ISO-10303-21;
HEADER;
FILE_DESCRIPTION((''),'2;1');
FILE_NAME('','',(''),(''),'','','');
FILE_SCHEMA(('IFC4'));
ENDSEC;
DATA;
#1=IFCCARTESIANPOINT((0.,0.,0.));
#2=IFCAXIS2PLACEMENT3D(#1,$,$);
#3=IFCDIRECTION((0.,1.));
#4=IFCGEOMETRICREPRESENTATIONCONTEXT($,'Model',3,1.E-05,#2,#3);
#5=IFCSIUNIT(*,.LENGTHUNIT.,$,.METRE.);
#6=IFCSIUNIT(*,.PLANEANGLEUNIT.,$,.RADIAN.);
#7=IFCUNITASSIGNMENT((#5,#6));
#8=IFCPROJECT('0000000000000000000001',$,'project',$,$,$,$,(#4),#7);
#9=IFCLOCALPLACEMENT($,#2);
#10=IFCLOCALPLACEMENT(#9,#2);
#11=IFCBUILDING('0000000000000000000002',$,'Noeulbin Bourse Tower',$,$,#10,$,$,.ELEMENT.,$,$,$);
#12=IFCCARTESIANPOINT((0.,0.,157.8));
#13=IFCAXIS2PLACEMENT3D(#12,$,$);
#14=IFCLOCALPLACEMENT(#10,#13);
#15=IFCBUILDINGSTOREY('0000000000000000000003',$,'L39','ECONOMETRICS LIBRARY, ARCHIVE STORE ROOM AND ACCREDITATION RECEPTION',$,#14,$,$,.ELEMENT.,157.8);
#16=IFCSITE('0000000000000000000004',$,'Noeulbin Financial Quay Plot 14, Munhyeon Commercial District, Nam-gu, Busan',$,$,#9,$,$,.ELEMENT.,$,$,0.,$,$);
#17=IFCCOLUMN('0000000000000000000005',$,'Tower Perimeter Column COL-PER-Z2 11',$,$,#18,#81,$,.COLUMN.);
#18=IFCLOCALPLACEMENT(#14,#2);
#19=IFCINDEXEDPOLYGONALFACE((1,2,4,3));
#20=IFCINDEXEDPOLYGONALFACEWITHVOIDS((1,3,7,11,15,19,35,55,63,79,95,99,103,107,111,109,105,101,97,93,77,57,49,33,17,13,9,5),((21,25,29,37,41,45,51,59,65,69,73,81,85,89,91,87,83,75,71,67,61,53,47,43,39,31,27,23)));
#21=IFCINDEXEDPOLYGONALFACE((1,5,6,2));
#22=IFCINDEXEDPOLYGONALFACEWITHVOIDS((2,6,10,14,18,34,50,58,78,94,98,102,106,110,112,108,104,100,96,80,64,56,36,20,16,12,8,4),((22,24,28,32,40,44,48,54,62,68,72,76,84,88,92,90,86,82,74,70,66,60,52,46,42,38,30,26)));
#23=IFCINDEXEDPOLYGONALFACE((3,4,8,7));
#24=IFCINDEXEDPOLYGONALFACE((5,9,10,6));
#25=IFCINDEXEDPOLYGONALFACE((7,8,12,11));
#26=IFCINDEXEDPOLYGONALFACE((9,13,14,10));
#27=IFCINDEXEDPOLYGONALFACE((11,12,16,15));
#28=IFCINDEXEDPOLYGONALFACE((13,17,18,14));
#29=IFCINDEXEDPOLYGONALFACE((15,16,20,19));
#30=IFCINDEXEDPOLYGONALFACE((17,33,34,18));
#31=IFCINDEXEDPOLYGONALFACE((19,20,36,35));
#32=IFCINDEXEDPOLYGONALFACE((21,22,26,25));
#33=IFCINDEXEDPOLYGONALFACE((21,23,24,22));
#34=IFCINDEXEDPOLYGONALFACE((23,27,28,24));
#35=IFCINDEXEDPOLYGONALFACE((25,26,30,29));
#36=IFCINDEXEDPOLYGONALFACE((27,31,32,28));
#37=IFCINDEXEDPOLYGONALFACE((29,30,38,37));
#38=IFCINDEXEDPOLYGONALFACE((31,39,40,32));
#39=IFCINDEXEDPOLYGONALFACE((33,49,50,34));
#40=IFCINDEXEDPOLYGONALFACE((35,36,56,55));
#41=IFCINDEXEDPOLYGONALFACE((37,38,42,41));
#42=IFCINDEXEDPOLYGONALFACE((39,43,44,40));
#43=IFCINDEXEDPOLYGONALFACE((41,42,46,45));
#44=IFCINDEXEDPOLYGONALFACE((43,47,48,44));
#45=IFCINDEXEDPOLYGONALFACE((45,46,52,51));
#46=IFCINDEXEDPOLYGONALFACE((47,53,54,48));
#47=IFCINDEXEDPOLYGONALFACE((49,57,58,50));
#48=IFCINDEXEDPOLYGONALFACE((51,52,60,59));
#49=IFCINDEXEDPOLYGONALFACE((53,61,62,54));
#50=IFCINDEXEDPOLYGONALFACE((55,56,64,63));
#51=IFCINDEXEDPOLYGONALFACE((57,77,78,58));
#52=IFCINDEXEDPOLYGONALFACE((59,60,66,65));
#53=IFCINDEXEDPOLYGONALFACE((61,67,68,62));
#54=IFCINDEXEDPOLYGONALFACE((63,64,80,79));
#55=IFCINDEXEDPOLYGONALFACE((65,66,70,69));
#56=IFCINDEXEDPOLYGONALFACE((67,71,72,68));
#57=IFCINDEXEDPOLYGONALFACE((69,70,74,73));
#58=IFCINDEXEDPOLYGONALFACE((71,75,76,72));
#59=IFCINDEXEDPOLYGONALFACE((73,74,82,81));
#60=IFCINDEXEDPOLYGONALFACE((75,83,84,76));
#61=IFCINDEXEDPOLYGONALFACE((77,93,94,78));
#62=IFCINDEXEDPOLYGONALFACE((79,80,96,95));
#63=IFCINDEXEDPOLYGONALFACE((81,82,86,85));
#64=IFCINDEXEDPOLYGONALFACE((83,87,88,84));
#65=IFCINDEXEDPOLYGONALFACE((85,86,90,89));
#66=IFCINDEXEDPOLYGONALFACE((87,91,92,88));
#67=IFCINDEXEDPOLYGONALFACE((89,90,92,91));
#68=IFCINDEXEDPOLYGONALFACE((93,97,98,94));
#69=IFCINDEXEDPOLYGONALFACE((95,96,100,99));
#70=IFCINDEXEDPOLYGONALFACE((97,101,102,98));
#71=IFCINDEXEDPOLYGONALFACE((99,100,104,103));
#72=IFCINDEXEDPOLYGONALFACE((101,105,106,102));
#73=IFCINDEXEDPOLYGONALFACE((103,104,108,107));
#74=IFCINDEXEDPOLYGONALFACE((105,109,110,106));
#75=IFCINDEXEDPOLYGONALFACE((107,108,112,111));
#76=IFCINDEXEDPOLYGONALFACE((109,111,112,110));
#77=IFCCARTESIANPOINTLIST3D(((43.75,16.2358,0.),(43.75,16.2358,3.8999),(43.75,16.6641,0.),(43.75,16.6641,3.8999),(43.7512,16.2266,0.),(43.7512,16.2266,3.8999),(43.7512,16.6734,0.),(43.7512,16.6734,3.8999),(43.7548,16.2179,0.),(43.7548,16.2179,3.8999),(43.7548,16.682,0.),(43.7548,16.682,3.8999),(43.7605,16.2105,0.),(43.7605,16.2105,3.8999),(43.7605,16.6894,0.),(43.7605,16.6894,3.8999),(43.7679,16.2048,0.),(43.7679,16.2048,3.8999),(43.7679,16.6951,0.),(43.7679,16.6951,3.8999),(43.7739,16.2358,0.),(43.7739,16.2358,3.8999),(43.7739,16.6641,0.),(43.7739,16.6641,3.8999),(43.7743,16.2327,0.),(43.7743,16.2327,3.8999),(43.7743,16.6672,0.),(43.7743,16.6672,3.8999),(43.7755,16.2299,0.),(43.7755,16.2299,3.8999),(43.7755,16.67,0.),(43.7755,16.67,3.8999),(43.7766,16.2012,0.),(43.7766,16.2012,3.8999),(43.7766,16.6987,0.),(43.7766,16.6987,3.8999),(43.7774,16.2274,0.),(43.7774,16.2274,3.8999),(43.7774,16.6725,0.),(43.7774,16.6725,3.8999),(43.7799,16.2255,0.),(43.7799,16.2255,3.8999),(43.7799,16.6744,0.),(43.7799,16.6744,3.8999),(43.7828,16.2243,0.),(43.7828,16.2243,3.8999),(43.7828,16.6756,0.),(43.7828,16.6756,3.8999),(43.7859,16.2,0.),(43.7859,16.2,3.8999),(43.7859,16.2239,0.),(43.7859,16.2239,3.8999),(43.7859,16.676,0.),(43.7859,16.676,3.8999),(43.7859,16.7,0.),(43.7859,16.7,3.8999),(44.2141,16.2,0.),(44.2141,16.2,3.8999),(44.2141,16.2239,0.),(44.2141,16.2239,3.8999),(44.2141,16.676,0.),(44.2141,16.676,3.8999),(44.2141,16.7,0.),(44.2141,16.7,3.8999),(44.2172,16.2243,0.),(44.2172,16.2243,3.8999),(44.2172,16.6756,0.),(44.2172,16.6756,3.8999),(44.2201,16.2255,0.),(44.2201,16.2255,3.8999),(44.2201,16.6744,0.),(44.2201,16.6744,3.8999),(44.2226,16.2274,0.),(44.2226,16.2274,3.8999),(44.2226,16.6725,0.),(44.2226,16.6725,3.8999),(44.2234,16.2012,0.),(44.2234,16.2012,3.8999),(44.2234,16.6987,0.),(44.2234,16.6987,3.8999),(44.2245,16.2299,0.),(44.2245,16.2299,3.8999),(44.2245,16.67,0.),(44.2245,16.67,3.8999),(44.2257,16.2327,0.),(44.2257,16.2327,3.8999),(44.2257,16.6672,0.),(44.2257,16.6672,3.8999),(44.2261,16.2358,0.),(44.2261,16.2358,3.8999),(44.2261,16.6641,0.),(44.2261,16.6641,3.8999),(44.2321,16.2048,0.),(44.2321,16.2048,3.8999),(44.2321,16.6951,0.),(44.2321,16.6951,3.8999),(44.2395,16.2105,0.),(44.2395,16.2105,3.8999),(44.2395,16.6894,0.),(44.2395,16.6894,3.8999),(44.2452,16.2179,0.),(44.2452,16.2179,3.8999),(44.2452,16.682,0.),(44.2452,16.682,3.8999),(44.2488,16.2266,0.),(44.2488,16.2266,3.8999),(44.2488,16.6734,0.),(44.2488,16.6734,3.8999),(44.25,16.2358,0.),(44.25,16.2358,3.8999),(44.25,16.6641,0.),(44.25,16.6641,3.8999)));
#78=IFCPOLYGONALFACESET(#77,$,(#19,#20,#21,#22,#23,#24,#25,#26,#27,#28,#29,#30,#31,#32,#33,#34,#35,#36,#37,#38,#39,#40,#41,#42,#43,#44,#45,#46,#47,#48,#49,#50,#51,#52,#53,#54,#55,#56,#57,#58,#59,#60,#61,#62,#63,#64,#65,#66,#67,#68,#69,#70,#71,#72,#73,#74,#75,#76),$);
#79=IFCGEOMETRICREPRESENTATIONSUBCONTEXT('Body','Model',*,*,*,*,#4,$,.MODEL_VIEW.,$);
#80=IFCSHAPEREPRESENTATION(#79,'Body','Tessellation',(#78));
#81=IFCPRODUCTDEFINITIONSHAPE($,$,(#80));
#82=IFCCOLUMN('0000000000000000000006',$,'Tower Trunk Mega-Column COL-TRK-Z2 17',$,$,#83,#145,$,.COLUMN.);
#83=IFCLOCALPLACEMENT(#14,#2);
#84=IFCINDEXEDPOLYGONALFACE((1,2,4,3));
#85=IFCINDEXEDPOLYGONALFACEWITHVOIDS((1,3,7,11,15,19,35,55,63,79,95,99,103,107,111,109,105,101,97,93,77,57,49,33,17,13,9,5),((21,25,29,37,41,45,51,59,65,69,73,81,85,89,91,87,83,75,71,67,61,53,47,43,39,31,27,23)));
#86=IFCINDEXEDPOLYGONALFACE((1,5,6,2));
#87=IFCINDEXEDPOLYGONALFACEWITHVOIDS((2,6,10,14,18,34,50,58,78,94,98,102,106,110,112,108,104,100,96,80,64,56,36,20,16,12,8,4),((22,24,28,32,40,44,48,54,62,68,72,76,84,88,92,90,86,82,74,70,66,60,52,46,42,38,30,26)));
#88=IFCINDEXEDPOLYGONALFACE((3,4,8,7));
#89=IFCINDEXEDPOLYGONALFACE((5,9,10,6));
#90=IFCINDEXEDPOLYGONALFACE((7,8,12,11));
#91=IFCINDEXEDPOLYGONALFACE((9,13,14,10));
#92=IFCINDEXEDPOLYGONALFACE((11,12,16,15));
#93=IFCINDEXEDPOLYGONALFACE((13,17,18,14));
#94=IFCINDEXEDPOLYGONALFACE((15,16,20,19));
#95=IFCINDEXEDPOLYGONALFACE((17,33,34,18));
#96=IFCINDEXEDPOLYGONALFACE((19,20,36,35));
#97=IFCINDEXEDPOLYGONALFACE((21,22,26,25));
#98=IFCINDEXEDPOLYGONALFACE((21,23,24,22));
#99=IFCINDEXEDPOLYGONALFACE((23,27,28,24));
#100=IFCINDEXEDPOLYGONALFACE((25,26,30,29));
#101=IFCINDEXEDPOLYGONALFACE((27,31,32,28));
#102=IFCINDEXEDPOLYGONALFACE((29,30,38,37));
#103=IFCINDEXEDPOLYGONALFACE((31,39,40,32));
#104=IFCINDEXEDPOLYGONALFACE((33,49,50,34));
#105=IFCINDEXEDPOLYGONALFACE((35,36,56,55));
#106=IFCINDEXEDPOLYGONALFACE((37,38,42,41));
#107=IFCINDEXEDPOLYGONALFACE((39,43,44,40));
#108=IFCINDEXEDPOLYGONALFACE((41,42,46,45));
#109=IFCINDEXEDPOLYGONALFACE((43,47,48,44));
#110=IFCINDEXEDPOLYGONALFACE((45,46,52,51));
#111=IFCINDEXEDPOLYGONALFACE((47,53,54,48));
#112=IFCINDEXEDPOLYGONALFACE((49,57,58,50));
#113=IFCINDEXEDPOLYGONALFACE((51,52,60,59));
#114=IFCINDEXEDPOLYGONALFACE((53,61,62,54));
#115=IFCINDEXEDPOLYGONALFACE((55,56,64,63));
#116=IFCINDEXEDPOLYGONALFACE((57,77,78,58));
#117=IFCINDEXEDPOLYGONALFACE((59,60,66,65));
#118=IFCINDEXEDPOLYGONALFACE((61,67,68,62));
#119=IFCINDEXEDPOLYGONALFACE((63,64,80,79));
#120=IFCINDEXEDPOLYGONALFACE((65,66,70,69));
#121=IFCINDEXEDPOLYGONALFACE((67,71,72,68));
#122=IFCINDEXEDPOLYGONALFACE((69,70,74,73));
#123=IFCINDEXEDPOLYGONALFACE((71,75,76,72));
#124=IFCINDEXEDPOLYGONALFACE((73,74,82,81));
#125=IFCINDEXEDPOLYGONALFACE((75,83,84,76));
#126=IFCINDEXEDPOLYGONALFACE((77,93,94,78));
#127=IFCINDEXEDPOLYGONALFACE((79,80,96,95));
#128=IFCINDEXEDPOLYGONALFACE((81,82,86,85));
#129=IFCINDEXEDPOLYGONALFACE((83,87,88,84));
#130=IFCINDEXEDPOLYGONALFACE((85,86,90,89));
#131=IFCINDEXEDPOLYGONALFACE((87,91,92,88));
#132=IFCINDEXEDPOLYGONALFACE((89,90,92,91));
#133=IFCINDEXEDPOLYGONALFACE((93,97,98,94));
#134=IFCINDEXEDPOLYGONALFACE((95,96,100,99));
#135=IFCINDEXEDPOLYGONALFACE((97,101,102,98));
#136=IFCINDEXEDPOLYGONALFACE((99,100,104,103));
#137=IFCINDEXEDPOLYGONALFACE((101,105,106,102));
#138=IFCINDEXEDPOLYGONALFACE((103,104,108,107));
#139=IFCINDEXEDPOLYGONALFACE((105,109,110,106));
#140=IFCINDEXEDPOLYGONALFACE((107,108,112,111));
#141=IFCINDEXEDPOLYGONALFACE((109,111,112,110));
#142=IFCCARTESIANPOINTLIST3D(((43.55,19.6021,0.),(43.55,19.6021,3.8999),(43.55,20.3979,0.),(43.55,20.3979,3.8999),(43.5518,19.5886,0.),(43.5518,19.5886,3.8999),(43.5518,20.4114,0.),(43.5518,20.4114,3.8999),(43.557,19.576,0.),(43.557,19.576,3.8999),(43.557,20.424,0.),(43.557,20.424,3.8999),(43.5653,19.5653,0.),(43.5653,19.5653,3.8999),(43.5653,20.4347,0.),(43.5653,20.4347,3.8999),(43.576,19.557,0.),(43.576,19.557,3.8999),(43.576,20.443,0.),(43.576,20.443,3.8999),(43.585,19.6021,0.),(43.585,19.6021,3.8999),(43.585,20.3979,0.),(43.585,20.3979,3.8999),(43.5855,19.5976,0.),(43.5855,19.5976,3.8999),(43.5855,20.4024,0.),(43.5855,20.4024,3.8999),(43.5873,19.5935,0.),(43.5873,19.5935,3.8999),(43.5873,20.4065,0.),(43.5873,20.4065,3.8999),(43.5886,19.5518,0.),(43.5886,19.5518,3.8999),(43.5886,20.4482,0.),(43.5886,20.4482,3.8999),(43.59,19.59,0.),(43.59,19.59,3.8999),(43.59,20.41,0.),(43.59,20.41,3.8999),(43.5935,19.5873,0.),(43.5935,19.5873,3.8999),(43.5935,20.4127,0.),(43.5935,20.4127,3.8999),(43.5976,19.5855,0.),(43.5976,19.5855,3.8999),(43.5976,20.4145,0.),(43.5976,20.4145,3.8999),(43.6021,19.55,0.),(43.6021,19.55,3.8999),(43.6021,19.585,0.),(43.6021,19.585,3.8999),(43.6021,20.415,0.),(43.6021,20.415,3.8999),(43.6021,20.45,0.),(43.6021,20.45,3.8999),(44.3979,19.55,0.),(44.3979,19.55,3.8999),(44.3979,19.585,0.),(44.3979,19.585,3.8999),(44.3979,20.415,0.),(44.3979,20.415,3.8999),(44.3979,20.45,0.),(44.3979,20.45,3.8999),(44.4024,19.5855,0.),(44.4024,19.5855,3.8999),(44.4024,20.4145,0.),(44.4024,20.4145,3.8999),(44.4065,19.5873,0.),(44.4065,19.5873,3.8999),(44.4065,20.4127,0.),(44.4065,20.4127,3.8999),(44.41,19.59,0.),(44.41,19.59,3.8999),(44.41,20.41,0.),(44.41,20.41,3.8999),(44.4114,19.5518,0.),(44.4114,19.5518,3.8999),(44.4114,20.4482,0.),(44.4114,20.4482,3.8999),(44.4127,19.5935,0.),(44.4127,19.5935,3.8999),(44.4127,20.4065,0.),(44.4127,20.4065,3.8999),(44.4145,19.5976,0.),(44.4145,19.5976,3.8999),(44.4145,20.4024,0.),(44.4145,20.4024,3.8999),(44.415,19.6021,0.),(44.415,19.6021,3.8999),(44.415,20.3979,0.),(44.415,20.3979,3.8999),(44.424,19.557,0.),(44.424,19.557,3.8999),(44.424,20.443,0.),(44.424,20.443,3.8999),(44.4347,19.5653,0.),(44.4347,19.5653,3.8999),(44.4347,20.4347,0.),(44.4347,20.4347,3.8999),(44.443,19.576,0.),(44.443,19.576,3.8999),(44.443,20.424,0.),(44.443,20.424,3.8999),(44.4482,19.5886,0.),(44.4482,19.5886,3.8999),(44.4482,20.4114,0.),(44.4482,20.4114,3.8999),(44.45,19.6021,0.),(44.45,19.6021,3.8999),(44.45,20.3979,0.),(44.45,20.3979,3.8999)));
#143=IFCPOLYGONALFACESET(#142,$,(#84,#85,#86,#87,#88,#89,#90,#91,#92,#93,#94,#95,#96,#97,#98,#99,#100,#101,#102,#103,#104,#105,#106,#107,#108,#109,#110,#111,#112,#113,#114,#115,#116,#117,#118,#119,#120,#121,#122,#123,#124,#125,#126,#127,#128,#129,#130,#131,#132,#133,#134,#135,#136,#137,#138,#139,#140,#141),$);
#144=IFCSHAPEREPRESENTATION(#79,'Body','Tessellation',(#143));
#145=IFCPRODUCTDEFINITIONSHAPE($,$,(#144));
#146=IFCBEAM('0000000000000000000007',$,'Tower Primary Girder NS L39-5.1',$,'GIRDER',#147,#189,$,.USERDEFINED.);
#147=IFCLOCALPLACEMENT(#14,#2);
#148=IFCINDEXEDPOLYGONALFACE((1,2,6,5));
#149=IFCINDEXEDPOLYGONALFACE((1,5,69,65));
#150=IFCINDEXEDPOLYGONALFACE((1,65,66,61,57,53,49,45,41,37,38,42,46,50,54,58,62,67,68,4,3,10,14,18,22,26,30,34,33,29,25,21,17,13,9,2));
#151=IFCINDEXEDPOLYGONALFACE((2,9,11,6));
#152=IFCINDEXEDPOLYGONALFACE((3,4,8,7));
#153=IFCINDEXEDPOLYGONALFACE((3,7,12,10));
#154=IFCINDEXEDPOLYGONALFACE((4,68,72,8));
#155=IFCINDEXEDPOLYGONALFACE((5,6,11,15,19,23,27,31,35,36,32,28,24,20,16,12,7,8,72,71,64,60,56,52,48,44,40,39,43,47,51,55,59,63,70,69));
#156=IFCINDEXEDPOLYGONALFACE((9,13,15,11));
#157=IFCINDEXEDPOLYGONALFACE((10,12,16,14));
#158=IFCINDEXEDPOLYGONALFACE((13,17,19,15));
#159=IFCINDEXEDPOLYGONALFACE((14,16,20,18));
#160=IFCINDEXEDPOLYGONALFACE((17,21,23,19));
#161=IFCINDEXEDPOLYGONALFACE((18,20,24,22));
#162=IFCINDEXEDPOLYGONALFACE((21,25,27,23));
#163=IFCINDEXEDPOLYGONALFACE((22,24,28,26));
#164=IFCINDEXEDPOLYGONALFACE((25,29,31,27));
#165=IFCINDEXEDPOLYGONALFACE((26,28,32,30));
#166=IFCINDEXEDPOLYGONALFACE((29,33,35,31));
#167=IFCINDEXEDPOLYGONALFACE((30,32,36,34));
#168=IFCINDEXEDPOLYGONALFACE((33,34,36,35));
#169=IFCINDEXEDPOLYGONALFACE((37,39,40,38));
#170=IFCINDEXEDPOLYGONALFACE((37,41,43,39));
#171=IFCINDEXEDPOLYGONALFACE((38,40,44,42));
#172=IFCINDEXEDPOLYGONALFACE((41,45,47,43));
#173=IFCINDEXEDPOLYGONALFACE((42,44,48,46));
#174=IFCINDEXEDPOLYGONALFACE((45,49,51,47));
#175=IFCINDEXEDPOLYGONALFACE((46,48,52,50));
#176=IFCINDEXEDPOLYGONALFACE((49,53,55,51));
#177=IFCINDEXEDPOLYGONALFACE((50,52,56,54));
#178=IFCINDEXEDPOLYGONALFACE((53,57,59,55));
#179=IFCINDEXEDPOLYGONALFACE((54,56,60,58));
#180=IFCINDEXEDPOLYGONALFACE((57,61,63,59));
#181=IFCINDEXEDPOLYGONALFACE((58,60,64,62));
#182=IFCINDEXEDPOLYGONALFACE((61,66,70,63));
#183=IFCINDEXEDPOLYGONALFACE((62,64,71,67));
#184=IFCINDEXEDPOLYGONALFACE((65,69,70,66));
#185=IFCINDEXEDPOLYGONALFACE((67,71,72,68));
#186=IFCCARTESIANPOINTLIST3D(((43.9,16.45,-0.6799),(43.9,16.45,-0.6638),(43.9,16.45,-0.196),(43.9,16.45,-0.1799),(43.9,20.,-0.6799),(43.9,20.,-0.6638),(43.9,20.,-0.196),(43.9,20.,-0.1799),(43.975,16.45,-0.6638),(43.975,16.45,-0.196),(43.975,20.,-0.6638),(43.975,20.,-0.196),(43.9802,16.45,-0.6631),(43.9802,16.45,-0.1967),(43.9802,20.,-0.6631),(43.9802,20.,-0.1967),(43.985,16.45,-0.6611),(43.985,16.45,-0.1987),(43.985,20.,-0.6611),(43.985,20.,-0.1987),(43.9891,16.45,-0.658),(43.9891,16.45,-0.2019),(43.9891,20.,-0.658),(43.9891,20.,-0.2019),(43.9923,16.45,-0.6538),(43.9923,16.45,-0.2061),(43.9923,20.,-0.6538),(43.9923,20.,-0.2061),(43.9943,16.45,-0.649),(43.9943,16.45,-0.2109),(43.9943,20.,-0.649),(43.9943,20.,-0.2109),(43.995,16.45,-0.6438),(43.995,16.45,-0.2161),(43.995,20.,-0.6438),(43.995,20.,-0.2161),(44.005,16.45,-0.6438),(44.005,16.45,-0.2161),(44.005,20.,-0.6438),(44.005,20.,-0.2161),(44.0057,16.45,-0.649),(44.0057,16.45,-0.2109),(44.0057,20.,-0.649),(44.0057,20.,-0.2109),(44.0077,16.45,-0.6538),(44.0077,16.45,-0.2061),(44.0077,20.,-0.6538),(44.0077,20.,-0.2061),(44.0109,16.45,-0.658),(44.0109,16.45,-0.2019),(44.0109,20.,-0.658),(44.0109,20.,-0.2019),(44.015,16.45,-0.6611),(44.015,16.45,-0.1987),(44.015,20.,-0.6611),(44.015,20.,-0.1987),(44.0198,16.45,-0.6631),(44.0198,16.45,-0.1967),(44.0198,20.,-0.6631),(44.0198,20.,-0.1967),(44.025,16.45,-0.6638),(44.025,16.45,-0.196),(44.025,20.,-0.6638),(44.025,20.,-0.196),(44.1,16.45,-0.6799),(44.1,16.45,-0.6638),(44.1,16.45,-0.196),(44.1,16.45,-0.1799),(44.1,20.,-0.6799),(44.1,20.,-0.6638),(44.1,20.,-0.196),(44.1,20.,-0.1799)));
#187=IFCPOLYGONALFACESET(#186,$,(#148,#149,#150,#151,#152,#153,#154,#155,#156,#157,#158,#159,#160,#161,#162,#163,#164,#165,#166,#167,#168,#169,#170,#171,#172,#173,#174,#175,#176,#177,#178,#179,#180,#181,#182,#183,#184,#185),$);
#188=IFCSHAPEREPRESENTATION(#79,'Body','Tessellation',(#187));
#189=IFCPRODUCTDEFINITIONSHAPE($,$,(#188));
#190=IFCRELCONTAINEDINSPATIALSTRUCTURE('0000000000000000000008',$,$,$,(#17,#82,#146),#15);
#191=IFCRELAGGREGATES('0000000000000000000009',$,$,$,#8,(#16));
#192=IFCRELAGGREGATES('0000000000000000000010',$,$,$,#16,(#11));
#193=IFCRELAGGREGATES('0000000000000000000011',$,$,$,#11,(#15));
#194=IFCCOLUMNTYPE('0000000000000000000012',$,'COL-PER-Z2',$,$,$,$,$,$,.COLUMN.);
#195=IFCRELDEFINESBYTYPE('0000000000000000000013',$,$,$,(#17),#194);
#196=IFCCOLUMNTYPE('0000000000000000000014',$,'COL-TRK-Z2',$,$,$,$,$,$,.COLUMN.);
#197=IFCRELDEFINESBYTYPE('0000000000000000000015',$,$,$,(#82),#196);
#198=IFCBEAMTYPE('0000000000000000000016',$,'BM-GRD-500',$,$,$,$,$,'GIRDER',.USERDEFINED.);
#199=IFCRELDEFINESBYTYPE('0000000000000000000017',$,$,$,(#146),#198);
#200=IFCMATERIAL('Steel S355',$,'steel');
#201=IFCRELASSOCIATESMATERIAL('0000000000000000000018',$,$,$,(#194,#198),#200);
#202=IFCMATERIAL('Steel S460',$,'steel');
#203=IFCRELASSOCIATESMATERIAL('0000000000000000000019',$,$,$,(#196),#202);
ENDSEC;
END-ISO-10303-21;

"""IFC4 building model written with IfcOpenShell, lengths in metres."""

from ifc_helpers import new_model, si_unit, direction, frame, origin, origin_2d, place, context, subcontext, project, spatial, hollow_rectangle, i_section, extrude, material, material_profile, profile_set, type_object, element, save


model = new_model("IFC4")

# Units and contexts
model_context = context("Model", 3, precision=1e-05, world=origin(), true_north=direction((0.0, 1.0)))
body_context = subcontext(model_context, "Body", "Model", "MODEL_VIEW")
ifc_project = project(units=[si_unit("LENGTHUNIT", "METRE"), si_unit("PLANEANGLEUNIT", "RADIAN")], contexts=[model_context])

# Site, building, storey
site_placement = place(None, origin())
site = spatial("IfcSite", under=ifc_project, at=site_placement, Name="Noeulbin Financial Quay Plot 14, Munhyeon Commercial District, Nam-gu, Busan", CompositionType="ELEMENT", RefElevation=0.0)
building_placement = place(site_placement, origin())
building = spatial("IfcBuilding", under=site, at=building_placement, Name="Noeulbin Bourse Tower", CompositionType="ELEMENT")
storey_placement = place(building_placement, frame((0.0, 0.0, 157.8)))
storey = spatial("IfcBuildingStorey", under=building, at=storey_placement, Name="L39", Description="ECONOMETRICS LIBRARY, ARCHIVE STORE ROOM AND ACCREDITATION RECEPTION", CompositionType="ELEMENT", Elevation=157.8)

# Columns
ifc_material_1 = material(Name="Steel S355", Category="steel")
ifc_material_profile_1 = material_profile(ifc_material_1, hollow_rectangle(XDim=0.5, YDim=0.5, WallThickness=0.0239, InnerFilletRadius=0.012, OuterFilletRadius=0.0359, at=origin_2d()), Name="BOX-500x500x24", Category="LoadBearing")
ifc_profile_set_1 = profile_set([ifc_material_profile_1], Name="Steel S355")
column_type_1 = type_object("IfcColumnType", Name="COL-PER-Z2", PredefinedType="COLUMN", material=ifc_profile_set_1)
column_1_placement = place(storey_placement, frame((44.0, 16.45, 0.0), z_axis=(0.0, 0.0, 1.0), x_axis=(1.0, 0.0, 0.0)))
element("IfcColumn", 1, at=column_1_placement, inside=storey, type_object=column_type_1, Name="Tower Perimeter Column COL-PER-Z2 11", PredefinedType="COLUMN", context=body_context, shape_type="SweptSolid", body=[
    extrude(hollow_rectangle(XDim=0.5, YDim=0.5, WallThickness=0.0239, InnerFilletRadius=0.012, OuterFilletRadius=0.0359, at=origin_2d()), origin(), (0.0, 0.0, 1.0), 3.8999),
])
ifc_material_2 = material(Name="Steel S460", Category="steel")
ifc_material_profile_2 = material_profile(ifc_material_2, hollow_rectangle(XDim=0.8999, YDim=0.8999, WallThickness=0.0349, InnerFilletRadius=0.0171, OuterFilletRadius=0.052, at=origin_2d()), Name="BOX-900x900x35", Category="LoadBearing")
ifc_profile_set_2 = profile_set([ifc_material_profile_2], Name="Steel S460")
column_type_2 = type_object("IfcColumnType", Name="COL-TRK-Z2", PredefinedType="COLUMN", material=ifc_profile_set_2)
column_2_placement = place(storey_placement, frame((44.0, 20.0, 0.0), z_axis=(0.0, 0.0, 1.0), x_axis=(1.0, 0.0, 0.0)))
element("IfcColumn", 2, at=column_2_placement, inside=storey, type_object=column_type_2, Name="Tower Trunk Mega-Column COL-TRK-Z2 17", PredefinedType="COLUMN", context=body_context, shape_type="SweptSolid", body=[
    extrude(hollow_rectangle(XDim=0.8999, YDim=0.8999, WallThickness=0.0349, InnerFilletRadius=0.0171, OuterFilletRadius=0.052, at=origin_2d()), origin(), (0.0, 0.0, 1.0), 3.8999),
])

# Beam
ifc_material_profile_3 = material_profile(ifc_material_1, i_section(OverallWidth=0.2, OverallDepth=0.5, WebThickness=0.01, FlangeThickness=0.0161, FilletRadius=0.02, at=origin_2d()), Name="H-500x200x10x16", Category="LoadBearing")
ifc_profile_set_3 = profile_set([ifc_material_profile_3], Name="Steel S355")
beam_type_1 = type_object("IfcBeamType", Name="BM-GRD-500", ElementType="GIRDER", PredefinedType="USERDEFINED", material=ifc_profile_set_3)
beam_placement = place(storey_placement, frame((44.0, 16.45, -0.4299), z_axis=(0.0, 1.0, 0.0), x_axis=(-1.0, 0.0, 0.0)))
element("IfcBeam", 3, at=beam_placement, inside=storey, type_object=beam_type_1, Name="Tower Primary Girder NS L39-5.1", ObjectType="GIRDER", PredefinedType="USERDEFINED", context=body_context, shape_type="SweptSolid", body=[
    extrude(i_section(OverallWidth=0.2, OverallDepth=0.5, WebThickness=0.01, FlangeThickness=0.0161, FilletRadius=0.02, at=origin_2d()), origin(), (0.0, 0.0, 1.0), 3.55),
])

save(model, "model.ifc")
